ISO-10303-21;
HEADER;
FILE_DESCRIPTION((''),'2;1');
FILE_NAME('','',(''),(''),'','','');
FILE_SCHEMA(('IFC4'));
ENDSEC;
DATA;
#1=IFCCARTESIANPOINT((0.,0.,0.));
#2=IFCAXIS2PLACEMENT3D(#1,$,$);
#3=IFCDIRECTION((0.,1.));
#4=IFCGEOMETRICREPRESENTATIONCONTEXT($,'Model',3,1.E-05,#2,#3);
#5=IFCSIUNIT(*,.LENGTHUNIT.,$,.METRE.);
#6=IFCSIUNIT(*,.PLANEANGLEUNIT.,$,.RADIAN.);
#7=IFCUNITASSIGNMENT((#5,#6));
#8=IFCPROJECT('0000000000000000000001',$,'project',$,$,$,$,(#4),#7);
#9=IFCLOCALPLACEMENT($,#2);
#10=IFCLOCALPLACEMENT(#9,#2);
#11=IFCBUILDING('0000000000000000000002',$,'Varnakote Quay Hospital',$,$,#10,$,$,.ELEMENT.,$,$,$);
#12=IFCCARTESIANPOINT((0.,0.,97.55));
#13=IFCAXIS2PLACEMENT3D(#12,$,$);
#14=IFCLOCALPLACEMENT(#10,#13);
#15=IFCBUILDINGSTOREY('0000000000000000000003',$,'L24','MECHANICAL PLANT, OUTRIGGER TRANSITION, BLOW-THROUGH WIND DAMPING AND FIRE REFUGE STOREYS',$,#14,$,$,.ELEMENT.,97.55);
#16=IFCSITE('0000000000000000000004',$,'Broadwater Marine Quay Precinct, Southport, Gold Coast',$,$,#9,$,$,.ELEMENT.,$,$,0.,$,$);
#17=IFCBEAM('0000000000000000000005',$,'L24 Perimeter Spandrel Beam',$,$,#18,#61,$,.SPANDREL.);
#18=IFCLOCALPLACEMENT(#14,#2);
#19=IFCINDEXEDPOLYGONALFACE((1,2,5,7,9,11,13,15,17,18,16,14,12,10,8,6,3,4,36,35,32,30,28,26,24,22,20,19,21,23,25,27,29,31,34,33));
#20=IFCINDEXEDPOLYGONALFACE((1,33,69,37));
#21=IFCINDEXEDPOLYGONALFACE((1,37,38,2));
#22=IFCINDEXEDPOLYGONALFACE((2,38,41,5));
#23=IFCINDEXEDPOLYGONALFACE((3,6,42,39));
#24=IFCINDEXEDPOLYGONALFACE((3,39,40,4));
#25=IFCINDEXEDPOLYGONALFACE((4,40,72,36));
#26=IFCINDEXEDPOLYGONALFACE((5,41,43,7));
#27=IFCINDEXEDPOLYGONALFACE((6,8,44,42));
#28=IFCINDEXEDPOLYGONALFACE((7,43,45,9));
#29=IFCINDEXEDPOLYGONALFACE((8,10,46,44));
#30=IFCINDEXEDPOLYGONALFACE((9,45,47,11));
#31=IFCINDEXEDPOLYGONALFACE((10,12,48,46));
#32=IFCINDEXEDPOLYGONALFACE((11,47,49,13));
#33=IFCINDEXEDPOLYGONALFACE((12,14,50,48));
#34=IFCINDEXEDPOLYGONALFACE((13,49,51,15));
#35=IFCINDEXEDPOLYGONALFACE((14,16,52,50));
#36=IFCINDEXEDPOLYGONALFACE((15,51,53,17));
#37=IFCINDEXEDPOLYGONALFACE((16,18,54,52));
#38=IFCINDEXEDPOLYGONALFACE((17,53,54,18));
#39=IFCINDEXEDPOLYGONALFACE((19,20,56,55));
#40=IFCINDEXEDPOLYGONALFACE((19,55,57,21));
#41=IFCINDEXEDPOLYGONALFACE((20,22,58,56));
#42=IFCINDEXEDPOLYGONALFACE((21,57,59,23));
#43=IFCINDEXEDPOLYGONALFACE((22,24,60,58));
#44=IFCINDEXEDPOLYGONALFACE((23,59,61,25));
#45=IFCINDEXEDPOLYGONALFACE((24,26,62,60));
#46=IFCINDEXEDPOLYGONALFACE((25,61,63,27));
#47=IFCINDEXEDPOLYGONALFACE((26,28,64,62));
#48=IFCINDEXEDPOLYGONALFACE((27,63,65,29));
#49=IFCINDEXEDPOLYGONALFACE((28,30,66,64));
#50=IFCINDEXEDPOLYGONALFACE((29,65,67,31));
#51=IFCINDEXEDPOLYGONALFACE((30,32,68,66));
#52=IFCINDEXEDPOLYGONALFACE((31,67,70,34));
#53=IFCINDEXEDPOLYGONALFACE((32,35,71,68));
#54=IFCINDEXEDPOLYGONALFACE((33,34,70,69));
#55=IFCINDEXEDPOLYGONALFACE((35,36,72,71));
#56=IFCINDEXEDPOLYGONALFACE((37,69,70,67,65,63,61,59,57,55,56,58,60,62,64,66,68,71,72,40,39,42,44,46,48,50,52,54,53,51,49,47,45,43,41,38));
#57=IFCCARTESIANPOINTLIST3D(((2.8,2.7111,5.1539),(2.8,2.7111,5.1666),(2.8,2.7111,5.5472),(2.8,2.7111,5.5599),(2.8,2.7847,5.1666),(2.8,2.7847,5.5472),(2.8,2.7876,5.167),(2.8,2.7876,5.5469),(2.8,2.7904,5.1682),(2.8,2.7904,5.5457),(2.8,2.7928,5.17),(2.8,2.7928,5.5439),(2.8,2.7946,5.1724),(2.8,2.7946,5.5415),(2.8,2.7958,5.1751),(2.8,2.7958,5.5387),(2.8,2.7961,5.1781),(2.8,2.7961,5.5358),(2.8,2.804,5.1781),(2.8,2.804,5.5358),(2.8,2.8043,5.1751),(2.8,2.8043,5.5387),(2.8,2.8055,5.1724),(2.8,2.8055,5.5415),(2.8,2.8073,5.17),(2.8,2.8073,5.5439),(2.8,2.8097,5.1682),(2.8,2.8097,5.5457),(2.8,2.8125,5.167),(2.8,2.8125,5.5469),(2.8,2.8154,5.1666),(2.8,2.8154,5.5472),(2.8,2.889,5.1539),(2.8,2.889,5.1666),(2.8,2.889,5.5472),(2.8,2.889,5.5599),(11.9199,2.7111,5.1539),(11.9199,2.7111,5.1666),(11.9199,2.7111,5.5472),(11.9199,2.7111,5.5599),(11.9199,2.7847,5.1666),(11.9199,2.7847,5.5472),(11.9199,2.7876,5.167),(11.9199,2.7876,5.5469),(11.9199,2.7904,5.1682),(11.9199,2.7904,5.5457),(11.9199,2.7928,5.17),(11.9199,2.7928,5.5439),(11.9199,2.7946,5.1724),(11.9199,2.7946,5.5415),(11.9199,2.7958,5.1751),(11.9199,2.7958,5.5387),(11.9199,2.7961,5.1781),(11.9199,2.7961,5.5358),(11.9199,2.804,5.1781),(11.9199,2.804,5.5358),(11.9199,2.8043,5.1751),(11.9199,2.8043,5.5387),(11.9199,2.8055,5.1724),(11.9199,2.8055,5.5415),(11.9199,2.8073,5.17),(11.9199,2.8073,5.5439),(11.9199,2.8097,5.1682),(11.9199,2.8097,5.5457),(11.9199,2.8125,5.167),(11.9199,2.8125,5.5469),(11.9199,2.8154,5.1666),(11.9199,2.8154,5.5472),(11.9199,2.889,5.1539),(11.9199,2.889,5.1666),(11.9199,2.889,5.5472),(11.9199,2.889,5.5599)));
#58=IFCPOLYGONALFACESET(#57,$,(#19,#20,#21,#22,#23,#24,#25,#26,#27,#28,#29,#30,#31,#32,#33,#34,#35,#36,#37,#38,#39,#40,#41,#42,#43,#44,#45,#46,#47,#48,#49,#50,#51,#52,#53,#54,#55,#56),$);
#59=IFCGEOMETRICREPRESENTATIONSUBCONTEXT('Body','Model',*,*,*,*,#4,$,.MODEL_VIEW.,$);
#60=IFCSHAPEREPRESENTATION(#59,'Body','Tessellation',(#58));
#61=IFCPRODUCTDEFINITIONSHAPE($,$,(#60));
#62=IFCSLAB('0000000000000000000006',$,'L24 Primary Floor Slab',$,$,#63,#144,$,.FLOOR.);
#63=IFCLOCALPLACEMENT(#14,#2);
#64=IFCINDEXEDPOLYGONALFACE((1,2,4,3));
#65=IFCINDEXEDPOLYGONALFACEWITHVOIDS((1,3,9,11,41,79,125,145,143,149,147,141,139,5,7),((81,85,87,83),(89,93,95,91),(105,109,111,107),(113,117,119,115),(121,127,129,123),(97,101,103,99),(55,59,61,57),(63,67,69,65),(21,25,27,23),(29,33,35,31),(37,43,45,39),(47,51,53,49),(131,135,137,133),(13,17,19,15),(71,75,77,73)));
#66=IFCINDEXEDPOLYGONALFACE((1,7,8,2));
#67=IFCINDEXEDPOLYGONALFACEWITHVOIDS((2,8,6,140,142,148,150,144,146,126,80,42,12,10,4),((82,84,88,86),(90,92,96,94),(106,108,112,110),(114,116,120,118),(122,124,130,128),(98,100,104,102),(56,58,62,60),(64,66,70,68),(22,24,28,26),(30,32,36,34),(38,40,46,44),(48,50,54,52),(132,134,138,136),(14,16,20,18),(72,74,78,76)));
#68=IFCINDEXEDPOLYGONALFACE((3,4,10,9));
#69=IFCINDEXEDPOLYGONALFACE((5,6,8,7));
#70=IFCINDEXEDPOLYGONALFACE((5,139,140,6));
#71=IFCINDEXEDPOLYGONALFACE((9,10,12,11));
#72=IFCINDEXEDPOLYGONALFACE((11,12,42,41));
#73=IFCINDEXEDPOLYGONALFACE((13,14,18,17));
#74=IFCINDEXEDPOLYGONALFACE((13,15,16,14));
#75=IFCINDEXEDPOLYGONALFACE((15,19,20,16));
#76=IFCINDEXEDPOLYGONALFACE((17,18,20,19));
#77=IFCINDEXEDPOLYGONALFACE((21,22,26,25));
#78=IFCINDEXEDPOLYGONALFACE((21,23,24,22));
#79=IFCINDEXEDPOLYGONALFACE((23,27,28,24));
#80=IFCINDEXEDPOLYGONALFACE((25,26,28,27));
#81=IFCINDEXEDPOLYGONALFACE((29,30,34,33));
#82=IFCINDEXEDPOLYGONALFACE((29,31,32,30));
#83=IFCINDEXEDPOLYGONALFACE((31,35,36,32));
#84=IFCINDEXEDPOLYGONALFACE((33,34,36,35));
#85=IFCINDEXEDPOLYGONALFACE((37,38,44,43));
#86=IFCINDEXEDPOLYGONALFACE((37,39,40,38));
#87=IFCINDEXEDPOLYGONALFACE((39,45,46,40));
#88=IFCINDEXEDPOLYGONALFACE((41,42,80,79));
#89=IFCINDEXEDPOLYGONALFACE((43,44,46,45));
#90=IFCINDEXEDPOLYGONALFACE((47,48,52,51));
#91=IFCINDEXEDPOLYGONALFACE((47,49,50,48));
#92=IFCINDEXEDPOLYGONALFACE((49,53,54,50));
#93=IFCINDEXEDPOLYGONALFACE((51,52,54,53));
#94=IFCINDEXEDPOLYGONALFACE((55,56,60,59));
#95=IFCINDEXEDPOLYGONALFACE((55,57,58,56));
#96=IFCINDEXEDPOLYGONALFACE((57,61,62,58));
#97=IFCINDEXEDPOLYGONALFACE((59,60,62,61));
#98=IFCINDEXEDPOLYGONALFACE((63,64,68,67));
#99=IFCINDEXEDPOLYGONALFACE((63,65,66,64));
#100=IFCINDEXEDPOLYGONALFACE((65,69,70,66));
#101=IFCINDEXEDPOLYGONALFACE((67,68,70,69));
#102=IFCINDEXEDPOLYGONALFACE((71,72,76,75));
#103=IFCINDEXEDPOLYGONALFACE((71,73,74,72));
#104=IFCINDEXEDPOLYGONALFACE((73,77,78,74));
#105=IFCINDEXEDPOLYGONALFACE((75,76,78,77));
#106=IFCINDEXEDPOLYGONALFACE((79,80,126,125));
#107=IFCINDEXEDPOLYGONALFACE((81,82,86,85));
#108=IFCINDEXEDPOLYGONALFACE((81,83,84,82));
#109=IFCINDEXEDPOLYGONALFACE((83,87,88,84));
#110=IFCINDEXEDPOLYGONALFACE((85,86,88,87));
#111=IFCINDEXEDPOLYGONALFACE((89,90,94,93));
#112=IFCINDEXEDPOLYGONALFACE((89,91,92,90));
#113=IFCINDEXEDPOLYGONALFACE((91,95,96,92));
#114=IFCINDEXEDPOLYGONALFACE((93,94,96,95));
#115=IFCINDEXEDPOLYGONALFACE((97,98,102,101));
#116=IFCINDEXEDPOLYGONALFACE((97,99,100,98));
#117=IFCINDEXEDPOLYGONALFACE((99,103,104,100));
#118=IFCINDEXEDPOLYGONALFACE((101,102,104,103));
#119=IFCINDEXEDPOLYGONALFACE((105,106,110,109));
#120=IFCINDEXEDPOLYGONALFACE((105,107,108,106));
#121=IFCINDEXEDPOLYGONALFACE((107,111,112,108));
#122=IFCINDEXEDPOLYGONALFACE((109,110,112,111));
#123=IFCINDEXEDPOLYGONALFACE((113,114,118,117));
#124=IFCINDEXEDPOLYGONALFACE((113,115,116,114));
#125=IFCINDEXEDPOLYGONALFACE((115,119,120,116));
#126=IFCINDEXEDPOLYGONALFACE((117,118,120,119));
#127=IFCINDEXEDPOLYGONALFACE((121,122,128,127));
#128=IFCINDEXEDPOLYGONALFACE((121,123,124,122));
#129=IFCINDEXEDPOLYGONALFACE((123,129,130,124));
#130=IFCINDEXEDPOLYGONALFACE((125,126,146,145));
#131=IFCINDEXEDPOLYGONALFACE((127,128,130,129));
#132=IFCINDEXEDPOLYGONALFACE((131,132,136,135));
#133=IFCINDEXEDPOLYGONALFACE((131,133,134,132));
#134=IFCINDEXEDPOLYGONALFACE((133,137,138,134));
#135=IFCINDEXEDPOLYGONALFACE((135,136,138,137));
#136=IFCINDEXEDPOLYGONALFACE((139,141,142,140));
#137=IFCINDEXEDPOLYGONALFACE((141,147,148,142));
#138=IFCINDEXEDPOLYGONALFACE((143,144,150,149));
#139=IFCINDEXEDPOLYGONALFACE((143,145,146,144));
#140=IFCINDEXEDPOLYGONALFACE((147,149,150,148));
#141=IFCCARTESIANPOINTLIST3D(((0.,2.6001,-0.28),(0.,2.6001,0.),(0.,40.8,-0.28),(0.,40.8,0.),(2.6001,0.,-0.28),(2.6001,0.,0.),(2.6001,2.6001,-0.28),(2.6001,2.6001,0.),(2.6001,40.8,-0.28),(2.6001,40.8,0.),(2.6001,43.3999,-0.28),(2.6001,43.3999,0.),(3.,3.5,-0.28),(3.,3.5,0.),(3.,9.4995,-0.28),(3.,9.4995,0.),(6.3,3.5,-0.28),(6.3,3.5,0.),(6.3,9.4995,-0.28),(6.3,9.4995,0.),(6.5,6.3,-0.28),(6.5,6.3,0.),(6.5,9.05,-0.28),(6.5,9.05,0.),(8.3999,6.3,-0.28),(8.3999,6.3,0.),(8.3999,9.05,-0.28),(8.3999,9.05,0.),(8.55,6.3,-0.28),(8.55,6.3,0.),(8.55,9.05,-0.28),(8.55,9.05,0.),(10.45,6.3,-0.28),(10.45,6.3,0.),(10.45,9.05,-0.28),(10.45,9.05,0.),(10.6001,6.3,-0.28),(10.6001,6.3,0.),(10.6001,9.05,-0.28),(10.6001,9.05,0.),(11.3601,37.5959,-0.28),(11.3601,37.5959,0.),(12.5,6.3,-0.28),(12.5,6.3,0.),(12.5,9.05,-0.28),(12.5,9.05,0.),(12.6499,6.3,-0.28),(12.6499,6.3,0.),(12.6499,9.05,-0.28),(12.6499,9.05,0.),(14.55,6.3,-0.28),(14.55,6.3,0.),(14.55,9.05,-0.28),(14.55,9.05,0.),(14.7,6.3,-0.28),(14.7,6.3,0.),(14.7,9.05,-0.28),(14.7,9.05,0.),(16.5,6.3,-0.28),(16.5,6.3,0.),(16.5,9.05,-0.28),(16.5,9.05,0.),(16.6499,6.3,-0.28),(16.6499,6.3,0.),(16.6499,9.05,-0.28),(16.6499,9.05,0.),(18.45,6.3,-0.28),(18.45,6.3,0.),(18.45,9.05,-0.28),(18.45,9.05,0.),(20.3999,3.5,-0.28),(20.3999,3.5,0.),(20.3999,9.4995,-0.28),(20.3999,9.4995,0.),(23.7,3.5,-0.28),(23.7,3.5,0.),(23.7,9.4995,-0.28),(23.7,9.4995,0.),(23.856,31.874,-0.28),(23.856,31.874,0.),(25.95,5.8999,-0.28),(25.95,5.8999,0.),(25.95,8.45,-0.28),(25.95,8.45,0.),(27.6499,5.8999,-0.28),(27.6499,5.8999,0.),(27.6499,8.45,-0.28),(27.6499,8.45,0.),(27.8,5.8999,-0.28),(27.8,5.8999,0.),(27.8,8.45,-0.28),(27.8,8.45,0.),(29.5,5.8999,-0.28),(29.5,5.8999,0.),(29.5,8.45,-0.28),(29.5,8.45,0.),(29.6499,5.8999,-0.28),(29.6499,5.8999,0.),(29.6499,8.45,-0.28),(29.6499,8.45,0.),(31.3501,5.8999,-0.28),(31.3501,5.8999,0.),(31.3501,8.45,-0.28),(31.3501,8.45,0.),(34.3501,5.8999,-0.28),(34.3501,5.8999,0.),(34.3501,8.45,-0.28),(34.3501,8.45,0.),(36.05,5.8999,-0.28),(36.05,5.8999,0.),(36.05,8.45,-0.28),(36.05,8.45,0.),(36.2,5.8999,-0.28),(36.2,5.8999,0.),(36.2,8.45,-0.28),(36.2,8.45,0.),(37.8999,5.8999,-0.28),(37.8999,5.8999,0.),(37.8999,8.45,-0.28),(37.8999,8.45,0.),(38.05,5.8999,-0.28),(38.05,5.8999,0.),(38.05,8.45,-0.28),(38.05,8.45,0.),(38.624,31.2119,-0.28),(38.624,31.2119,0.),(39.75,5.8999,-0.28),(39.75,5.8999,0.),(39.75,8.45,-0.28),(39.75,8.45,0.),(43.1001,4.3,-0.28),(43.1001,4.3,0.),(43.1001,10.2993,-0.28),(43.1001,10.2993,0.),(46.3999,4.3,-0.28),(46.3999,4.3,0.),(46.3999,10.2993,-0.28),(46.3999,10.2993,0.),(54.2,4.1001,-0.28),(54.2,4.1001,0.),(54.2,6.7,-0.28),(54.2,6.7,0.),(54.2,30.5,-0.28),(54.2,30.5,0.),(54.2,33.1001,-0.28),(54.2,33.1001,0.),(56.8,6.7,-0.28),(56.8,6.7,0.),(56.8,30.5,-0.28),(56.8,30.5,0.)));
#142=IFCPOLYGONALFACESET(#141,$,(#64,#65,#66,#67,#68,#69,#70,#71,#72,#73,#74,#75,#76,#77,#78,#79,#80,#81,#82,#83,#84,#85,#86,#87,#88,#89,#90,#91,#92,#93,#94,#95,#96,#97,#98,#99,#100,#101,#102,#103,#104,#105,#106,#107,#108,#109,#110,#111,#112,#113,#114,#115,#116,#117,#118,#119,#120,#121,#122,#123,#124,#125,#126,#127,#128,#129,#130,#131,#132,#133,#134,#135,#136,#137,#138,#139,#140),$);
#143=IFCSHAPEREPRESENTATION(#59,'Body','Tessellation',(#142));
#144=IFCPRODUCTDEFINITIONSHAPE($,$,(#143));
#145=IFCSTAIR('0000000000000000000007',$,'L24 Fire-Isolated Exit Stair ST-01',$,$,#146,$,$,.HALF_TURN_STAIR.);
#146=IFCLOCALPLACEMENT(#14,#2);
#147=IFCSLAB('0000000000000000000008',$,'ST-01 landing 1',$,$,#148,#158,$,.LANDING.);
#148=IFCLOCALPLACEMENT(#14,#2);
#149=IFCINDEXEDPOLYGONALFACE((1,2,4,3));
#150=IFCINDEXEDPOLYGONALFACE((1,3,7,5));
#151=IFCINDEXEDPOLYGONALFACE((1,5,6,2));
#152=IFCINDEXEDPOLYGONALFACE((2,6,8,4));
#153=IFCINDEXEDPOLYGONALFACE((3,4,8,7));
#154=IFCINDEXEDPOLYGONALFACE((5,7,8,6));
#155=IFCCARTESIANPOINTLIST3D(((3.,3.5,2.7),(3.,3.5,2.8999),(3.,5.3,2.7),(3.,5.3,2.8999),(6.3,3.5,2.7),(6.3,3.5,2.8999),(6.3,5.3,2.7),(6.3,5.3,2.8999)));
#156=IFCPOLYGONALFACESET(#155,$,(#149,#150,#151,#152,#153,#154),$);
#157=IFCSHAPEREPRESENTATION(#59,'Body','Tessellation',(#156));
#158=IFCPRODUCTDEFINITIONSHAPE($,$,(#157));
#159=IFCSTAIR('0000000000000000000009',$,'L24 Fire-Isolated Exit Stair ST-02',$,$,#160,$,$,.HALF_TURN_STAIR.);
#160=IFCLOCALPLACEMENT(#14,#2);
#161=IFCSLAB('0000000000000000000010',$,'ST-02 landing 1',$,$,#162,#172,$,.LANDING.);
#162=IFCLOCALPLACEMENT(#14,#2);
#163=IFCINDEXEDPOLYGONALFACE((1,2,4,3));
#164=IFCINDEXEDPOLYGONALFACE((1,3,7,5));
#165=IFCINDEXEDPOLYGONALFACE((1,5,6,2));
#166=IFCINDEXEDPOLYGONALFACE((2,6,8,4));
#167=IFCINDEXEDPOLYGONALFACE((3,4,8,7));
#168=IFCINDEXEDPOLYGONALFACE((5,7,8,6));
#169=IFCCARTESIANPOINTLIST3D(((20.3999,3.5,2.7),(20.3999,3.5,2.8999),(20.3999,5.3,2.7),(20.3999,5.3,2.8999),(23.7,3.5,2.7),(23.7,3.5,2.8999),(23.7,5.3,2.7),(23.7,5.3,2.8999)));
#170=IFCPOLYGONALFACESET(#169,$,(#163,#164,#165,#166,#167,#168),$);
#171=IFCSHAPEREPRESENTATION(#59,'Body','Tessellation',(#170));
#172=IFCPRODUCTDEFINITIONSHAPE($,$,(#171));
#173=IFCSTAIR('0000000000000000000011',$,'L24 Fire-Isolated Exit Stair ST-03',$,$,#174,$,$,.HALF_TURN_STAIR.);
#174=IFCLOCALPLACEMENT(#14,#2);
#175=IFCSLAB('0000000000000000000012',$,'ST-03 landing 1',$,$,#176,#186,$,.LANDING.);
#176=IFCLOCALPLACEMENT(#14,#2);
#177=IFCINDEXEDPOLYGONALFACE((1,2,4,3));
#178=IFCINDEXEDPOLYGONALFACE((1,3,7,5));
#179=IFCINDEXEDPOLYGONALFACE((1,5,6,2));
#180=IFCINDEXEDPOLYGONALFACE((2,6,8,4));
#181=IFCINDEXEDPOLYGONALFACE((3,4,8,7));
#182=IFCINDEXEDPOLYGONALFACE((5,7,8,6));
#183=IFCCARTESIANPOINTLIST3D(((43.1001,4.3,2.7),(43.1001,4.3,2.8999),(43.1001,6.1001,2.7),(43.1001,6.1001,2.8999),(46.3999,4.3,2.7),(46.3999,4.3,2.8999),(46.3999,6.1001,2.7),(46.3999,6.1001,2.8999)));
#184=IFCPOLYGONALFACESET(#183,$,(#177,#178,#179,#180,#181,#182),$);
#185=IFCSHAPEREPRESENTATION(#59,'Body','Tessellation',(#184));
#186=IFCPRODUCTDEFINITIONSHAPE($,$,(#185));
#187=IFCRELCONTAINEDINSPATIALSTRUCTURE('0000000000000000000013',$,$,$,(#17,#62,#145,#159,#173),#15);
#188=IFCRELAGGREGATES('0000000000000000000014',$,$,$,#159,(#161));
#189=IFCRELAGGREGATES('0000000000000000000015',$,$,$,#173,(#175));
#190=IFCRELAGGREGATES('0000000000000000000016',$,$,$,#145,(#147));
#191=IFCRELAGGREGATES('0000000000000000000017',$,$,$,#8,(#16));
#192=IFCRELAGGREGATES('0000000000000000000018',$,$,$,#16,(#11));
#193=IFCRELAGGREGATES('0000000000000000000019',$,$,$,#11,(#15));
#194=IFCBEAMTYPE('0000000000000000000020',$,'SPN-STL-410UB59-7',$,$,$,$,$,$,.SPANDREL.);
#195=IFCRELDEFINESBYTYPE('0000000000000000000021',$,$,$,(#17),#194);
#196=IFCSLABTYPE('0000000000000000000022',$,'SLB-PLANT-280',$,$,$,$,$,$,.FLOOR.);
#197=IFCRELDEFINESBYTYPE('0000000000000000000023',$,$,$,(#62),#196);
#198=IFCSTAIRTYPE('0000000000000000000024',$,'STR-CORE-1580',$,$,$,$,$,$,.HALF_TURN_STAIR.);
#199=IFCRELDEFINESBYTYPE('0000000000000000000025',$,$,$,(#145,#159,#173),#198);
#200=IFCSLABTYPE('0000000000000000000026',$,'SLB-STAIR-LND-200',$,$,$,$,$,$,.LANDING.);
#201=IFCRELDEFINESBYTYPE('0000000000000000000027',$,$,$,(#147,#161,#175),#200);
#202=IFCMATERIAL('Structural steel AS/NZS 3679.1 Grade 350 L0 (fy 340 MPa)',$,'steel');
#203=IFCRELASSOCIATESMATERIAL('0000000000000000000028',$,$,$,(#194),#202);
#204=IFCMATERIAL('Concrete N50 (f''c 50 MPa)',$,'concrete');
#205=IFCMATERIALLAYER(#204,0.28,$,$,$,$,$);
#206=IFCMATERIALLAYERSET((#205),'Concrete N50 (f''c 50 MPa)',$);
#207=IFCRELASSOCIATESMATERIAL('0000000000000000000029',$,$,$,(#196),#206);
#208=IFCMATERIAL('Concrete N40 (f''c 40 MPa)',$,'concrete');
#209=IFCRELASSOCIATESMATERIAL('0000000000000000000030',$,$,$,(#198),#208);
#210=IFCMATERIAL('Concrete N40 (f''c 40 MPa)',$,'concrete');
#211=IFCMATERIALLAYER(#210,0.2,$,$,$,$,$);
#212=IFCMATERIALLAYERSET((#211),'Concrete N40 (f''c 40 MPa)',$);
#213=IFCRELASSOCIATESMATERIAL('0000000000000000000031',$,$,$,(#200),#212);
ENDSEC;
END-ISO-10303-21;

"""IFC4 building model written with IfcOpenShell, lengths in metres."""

from ifc_helpers import new_model, si_unit, direction, frame, origin, origin_2d, place, context, subcontext, project, spatial, polyline, i_section, outline, extrude, material, layer, layer_set, material_profile, profile_set, type_object, element, aggregate, save


model = new_model("IFC4")

# Units and contexts
model_context = context("Model", 3, precision=1e-05, world=origin(), true_north=direction((0.0, 1.0)))
body_context = subcontext(model_context, "Body", "Model", "MODEL_VIEW")
ifc_project = project(units=[si_unit("LENGTHUNIT", "METRE"), si_unit("PLANEANGLEUNIT", "RADIAN")], contexts=[model_context])

# Site, building, storey
site_placement = place(None, origin())
site = spatial("IfcSite", under=ifc_project, at=site_placement, Name="Broadwater Marine Quay Precinct, Southport, Gold Coast", CompositionType="ELEMENT", RefElevation=0.0)
building_placement = place(site_placement, origin())
building = spatial("IfcBuilding", under=site, at=building_placement, Name="Varnakote Quay Hospital", CompositionType="ELEMENT")
storey_placement = place(building_placement, frame((0.0, 0.0, 97.55)))
storey = spatial("IfcBuildingStorey", under=building, at=storey_placement, Name="L24", Description="MECHANICAL PLANT, OUTRIGGER TRANSITION, BLOW-THROUGH WIND DAMPING AND FIRE REFUGE STOREYS", CompositionType="ELEMENT", Elevation=97.55)

# Beam
ifc_material_1 = material(Name="Structural steel AS/NZS 3679.1 Grade 350 L0 (fy 340 MPa)", Category="steel")
ifc_material_profile_1 = material_profile(ifc_material_1, i_section(OverallWidth=0.178, OverallDepth=0.406, WebThickness=0.0078, FlangeThickness=0.0127, FilletRadius=0.0115, at=origin_2d()), Name="410UB59.7")
ifc_profile_set_1 = profile_set([ifc_material_profile_1], Name="Structural steel AS/NZS 3679.1 Grade 350 L0 (fy 340 MPa)")
beam_type_1 = type_object("IfcBeamType", Name="SPN-STL-410UB59-7", PredefinedType="SPANDREL", material=ifc_profile_set_1)
beam_1_placement = place(storey_placement, frame((2.8, 2.8, 5.3569), z_axis=(1.0, 0.0, 0.0), x_axis=(0.0, 1.0, 0.0)))
element("IfcBeam", 1, at=beam_1_placement, inside=storey, type_object=beam_type_1, Name="L24 Perimeter Spandrel Beam", PredefinedType="SPANDREL", context=body_context, shape_type="SweptSolid", body=[
    extrude(i_section(OverallWidth=0.178, OverallDepth=0.406, WebThickness=0.0078, FlangeThickness=0.0127, FilletRadius=0.0115, at=origin_2d()), origin(), (0.0, 0.0, 1.0), 9.1199),
])

# Slab
ifc_material_2 = material(Name="Concrete N50 (f'c 50 MPa)", Category="concrete")
ifc_layer_1 = layer(ifc_material_2, 0.28)
ifc_layer_set_1 = layer_set([ifc_layer_1], Name="Concrete N50 (f'c 50 MPa)")
slab_type_1 = type_object("IfcSlabType", Name="SLB-PLANT-280", PredefinedType="FLOOR", material=ifc_layer_set_1)
slab_1_placement = place(storey_placement, frame((0.0, 0.0, -0.28)))
element("IfcSlab", 2, at=slab_1_placement, inside=storey, type_object=slab_type_1, Name="L24 Primary Floor Slab", PredefinedType="FLOOR", context=body_context, shape_type="SweptSolid", body=[
    extrude(outline(polyline([(0.0, 2.6001), (2.6001, 2.6001), (2.6001, 0.0), (54.2, 4.1001), (54.2, 6.7), (56.8, 6.7), (56.8, 30.5), (54.2, 30.5), (54.2, 33.1001), (38.624, 31.2119), (23.856, 31.874), (11.3601, 37.5959), (2.6001, 43.3999), (2.6001, 40.8), (0.0, 40.8), (0.0, 2.6001)]), holes=[polyline([(3.0, 3.5), (6.3, 3.5), (6.3, 9.4995), (3.0, 9.4995), (3.0, 3.5)]), polyline([(20.3999, 3.5), (23.7, 3.5), (23.7, 9.4995), (20.3999, 9.4995), (20.3999, 3.5)]), polyline([(43.1001, 4.3), (46.3999, 4.3), (46.3999, 10.2993), (43.1001, 10.2993), (43.1001, 4.3)]), polyline([(6.5, 6.3), (8.3999, 6.3), (8.3999, 9.05), (6.5, 9.05), (6.5, 6.3)]), polyline([(8.55, 6.3), (10.45, 6.3), (10.45, 9.05), (8.55, 9.05), (8.55, 6.3)]), polyline([(10.6001, 6.3), (12.5, 6.3), (12.5, 9.05), (10.6001, 9.05), (10.6001, 6.3)]), polyline([(12.6499, 6.3), (14.55, 6.3), (14.55, 9.05), (12.6499, 9.05), (12.6499, 6.3)]), polyline([(14.7, 6.3), (16.5, 6.3), (16.5, 9.05), (14.7, 9.05), (14.7, 6.3)]), polyline([(16.6499, 6.3), (18.45, 6.3), (18.45, 9.05), (16.6499, 9.05), (16.6499, 6.3)]), polyline([(25.95, 5.8999), (27.6499, 5.8999), (27.6499, 8.45), (25.95, 8.45), (25.95, 5.8999)]), polyline([(27.8, 5.8999), (29.5, 5.8999), (29.5, 8.45), (27.8, 8.45), (27.8, 5.8999)]), polyline([(29.6499, 5.8999), (31.3501, 5.8999), (31.3501, 8.45), (29.6499, 8.45), (29.6499, 5.8999)]), polyline([(34.3501, 5.8999), (36.05, 5.8999), (36.05, 8.45), (34.3501, 8.45), (34.3501, 5.8999)]), polyline([(36.2, 5.8999), (37.8999, 5.8999), (37.8999, 8.45), (36.2, 8.45), (36.2, 5.8999)]), polyline([(38.05, 5.8999), (39.75, 5.8999), (39.75, 8.45), (38.05, 8.45), (38.05, 5.8999)])]), origin(), (0.0, 0.0, 1.0), 0.28),
])

# Stairs, slabs
ifc_material_3 = material(Name="Concrete N40 (f'c 40 MPa)", Category="concrete")
stair_type = type_object("IfcStairType", Name="STR-CORE-1580", PredefinedType="HALF_TURN_STAIR", material=ifc_material_3)
stair_1_placement = place(storey_placement, origin())
stair_1 = element("IfcStair", 3, at=stair_1_placement, inside=storey, type_object=stair_type, Name="L24 Fire-Isolated Exit Stair ST-01", PredefinedType="HALF_TURN_STAIR")
ifc_material_4 = material(Name="Concrete N40 (f'c 40 MPa)", Category="concrete")
ifc_layer_2 = layer(ifc_material_4, 0.2)
ifc_layer_set_2 = layer_set([ifc_layer_2], Name="Concrete N40 (f'c 40 MPa)")
slab_type_2 = type_object("IfcSlabType", Name="SLB-STAIR-LND-200", PredefinedType="LANDING", material=ifc_layer_set_2)
slab_2_placement = place(storey_placement, frame((0.0, 0.0, 2.7)))
slab_2 = element("IfcSlab", 4, at=slab_2_placement, type_object=slab_type_2, Name="ST-01 landing 1", PredefinedType="LANDING", context=body_context, shape_type="SweptSolid", body=[
    extrude(outline(polyline([(3.0, 5.3), (3.0, 3.5), (6.3, 3.5), (6.3, 5.3), (3.0, 5.3)])), origin(), (0.0, 0.0, 1.0), 0.2),
])
stair_2_placement = place(storey_placement, origin())
stair_2 = element("IfcStair", 5, at=stair_2_placement, inside=storey, type_object=stair_type, Name="L24 Fire-Isolated Exit Stair ST-02", PredefinedType="HALF_TURN_STAIR")
slab_3_placement = place(storey_placement, frame((0.0, 0.0, 2.7)))
slab_3 = element("IfcSlab", 6, at=slab_3_placement, type_object=slab_type_2, Name="ST-02 landing 1", PredefinedType="LANDING", context=body_context, shape_type="SweptSolid", body=[
    extrude(outline(polyline([(20.3999, 5.3), (20.3999, 3.5), (23.7, 3.5), (23.7, 5.3), (20.3999, 5.3)])), origin(), (0.0, 0.0, 1.0), 0.2),
])
aggregate(stair_2, [slab_3])
stair_3_placement = place(storey_placement, origin())
stair_3 = element("IfcStair", 7, at=stair_3_placement, inside=storey, type_object=stair_type, Name="L24 Fire-Isolated Exit Stair ST-03", PredefinedType="HALF_TURN_STAIR")
slab_4_placement = place(storey_placement, frame((0.0, 0.0, 2.7)))
slab_4 = element("IfcSlab", 8, at=slab_4_placement, type_object=slab_type_2, Name="ST-03 landing 1", PredefinedType="LANDING", context=body_context, shape_type="SweptSolid", body=[
    extrude(outline(polyline([(43.1001, 6.1001), (43.1001, 4.3), (46.3999, 4.3), (46.3999, 6.1001), (43.1001, 6.1001)])), origin(), (0.0, 0.0, 1.0), 0.2),
])
aggregate(stair_3, [slab_4])

aggregate(stair_1, [slab_2])

save(model, "model.ifc")
